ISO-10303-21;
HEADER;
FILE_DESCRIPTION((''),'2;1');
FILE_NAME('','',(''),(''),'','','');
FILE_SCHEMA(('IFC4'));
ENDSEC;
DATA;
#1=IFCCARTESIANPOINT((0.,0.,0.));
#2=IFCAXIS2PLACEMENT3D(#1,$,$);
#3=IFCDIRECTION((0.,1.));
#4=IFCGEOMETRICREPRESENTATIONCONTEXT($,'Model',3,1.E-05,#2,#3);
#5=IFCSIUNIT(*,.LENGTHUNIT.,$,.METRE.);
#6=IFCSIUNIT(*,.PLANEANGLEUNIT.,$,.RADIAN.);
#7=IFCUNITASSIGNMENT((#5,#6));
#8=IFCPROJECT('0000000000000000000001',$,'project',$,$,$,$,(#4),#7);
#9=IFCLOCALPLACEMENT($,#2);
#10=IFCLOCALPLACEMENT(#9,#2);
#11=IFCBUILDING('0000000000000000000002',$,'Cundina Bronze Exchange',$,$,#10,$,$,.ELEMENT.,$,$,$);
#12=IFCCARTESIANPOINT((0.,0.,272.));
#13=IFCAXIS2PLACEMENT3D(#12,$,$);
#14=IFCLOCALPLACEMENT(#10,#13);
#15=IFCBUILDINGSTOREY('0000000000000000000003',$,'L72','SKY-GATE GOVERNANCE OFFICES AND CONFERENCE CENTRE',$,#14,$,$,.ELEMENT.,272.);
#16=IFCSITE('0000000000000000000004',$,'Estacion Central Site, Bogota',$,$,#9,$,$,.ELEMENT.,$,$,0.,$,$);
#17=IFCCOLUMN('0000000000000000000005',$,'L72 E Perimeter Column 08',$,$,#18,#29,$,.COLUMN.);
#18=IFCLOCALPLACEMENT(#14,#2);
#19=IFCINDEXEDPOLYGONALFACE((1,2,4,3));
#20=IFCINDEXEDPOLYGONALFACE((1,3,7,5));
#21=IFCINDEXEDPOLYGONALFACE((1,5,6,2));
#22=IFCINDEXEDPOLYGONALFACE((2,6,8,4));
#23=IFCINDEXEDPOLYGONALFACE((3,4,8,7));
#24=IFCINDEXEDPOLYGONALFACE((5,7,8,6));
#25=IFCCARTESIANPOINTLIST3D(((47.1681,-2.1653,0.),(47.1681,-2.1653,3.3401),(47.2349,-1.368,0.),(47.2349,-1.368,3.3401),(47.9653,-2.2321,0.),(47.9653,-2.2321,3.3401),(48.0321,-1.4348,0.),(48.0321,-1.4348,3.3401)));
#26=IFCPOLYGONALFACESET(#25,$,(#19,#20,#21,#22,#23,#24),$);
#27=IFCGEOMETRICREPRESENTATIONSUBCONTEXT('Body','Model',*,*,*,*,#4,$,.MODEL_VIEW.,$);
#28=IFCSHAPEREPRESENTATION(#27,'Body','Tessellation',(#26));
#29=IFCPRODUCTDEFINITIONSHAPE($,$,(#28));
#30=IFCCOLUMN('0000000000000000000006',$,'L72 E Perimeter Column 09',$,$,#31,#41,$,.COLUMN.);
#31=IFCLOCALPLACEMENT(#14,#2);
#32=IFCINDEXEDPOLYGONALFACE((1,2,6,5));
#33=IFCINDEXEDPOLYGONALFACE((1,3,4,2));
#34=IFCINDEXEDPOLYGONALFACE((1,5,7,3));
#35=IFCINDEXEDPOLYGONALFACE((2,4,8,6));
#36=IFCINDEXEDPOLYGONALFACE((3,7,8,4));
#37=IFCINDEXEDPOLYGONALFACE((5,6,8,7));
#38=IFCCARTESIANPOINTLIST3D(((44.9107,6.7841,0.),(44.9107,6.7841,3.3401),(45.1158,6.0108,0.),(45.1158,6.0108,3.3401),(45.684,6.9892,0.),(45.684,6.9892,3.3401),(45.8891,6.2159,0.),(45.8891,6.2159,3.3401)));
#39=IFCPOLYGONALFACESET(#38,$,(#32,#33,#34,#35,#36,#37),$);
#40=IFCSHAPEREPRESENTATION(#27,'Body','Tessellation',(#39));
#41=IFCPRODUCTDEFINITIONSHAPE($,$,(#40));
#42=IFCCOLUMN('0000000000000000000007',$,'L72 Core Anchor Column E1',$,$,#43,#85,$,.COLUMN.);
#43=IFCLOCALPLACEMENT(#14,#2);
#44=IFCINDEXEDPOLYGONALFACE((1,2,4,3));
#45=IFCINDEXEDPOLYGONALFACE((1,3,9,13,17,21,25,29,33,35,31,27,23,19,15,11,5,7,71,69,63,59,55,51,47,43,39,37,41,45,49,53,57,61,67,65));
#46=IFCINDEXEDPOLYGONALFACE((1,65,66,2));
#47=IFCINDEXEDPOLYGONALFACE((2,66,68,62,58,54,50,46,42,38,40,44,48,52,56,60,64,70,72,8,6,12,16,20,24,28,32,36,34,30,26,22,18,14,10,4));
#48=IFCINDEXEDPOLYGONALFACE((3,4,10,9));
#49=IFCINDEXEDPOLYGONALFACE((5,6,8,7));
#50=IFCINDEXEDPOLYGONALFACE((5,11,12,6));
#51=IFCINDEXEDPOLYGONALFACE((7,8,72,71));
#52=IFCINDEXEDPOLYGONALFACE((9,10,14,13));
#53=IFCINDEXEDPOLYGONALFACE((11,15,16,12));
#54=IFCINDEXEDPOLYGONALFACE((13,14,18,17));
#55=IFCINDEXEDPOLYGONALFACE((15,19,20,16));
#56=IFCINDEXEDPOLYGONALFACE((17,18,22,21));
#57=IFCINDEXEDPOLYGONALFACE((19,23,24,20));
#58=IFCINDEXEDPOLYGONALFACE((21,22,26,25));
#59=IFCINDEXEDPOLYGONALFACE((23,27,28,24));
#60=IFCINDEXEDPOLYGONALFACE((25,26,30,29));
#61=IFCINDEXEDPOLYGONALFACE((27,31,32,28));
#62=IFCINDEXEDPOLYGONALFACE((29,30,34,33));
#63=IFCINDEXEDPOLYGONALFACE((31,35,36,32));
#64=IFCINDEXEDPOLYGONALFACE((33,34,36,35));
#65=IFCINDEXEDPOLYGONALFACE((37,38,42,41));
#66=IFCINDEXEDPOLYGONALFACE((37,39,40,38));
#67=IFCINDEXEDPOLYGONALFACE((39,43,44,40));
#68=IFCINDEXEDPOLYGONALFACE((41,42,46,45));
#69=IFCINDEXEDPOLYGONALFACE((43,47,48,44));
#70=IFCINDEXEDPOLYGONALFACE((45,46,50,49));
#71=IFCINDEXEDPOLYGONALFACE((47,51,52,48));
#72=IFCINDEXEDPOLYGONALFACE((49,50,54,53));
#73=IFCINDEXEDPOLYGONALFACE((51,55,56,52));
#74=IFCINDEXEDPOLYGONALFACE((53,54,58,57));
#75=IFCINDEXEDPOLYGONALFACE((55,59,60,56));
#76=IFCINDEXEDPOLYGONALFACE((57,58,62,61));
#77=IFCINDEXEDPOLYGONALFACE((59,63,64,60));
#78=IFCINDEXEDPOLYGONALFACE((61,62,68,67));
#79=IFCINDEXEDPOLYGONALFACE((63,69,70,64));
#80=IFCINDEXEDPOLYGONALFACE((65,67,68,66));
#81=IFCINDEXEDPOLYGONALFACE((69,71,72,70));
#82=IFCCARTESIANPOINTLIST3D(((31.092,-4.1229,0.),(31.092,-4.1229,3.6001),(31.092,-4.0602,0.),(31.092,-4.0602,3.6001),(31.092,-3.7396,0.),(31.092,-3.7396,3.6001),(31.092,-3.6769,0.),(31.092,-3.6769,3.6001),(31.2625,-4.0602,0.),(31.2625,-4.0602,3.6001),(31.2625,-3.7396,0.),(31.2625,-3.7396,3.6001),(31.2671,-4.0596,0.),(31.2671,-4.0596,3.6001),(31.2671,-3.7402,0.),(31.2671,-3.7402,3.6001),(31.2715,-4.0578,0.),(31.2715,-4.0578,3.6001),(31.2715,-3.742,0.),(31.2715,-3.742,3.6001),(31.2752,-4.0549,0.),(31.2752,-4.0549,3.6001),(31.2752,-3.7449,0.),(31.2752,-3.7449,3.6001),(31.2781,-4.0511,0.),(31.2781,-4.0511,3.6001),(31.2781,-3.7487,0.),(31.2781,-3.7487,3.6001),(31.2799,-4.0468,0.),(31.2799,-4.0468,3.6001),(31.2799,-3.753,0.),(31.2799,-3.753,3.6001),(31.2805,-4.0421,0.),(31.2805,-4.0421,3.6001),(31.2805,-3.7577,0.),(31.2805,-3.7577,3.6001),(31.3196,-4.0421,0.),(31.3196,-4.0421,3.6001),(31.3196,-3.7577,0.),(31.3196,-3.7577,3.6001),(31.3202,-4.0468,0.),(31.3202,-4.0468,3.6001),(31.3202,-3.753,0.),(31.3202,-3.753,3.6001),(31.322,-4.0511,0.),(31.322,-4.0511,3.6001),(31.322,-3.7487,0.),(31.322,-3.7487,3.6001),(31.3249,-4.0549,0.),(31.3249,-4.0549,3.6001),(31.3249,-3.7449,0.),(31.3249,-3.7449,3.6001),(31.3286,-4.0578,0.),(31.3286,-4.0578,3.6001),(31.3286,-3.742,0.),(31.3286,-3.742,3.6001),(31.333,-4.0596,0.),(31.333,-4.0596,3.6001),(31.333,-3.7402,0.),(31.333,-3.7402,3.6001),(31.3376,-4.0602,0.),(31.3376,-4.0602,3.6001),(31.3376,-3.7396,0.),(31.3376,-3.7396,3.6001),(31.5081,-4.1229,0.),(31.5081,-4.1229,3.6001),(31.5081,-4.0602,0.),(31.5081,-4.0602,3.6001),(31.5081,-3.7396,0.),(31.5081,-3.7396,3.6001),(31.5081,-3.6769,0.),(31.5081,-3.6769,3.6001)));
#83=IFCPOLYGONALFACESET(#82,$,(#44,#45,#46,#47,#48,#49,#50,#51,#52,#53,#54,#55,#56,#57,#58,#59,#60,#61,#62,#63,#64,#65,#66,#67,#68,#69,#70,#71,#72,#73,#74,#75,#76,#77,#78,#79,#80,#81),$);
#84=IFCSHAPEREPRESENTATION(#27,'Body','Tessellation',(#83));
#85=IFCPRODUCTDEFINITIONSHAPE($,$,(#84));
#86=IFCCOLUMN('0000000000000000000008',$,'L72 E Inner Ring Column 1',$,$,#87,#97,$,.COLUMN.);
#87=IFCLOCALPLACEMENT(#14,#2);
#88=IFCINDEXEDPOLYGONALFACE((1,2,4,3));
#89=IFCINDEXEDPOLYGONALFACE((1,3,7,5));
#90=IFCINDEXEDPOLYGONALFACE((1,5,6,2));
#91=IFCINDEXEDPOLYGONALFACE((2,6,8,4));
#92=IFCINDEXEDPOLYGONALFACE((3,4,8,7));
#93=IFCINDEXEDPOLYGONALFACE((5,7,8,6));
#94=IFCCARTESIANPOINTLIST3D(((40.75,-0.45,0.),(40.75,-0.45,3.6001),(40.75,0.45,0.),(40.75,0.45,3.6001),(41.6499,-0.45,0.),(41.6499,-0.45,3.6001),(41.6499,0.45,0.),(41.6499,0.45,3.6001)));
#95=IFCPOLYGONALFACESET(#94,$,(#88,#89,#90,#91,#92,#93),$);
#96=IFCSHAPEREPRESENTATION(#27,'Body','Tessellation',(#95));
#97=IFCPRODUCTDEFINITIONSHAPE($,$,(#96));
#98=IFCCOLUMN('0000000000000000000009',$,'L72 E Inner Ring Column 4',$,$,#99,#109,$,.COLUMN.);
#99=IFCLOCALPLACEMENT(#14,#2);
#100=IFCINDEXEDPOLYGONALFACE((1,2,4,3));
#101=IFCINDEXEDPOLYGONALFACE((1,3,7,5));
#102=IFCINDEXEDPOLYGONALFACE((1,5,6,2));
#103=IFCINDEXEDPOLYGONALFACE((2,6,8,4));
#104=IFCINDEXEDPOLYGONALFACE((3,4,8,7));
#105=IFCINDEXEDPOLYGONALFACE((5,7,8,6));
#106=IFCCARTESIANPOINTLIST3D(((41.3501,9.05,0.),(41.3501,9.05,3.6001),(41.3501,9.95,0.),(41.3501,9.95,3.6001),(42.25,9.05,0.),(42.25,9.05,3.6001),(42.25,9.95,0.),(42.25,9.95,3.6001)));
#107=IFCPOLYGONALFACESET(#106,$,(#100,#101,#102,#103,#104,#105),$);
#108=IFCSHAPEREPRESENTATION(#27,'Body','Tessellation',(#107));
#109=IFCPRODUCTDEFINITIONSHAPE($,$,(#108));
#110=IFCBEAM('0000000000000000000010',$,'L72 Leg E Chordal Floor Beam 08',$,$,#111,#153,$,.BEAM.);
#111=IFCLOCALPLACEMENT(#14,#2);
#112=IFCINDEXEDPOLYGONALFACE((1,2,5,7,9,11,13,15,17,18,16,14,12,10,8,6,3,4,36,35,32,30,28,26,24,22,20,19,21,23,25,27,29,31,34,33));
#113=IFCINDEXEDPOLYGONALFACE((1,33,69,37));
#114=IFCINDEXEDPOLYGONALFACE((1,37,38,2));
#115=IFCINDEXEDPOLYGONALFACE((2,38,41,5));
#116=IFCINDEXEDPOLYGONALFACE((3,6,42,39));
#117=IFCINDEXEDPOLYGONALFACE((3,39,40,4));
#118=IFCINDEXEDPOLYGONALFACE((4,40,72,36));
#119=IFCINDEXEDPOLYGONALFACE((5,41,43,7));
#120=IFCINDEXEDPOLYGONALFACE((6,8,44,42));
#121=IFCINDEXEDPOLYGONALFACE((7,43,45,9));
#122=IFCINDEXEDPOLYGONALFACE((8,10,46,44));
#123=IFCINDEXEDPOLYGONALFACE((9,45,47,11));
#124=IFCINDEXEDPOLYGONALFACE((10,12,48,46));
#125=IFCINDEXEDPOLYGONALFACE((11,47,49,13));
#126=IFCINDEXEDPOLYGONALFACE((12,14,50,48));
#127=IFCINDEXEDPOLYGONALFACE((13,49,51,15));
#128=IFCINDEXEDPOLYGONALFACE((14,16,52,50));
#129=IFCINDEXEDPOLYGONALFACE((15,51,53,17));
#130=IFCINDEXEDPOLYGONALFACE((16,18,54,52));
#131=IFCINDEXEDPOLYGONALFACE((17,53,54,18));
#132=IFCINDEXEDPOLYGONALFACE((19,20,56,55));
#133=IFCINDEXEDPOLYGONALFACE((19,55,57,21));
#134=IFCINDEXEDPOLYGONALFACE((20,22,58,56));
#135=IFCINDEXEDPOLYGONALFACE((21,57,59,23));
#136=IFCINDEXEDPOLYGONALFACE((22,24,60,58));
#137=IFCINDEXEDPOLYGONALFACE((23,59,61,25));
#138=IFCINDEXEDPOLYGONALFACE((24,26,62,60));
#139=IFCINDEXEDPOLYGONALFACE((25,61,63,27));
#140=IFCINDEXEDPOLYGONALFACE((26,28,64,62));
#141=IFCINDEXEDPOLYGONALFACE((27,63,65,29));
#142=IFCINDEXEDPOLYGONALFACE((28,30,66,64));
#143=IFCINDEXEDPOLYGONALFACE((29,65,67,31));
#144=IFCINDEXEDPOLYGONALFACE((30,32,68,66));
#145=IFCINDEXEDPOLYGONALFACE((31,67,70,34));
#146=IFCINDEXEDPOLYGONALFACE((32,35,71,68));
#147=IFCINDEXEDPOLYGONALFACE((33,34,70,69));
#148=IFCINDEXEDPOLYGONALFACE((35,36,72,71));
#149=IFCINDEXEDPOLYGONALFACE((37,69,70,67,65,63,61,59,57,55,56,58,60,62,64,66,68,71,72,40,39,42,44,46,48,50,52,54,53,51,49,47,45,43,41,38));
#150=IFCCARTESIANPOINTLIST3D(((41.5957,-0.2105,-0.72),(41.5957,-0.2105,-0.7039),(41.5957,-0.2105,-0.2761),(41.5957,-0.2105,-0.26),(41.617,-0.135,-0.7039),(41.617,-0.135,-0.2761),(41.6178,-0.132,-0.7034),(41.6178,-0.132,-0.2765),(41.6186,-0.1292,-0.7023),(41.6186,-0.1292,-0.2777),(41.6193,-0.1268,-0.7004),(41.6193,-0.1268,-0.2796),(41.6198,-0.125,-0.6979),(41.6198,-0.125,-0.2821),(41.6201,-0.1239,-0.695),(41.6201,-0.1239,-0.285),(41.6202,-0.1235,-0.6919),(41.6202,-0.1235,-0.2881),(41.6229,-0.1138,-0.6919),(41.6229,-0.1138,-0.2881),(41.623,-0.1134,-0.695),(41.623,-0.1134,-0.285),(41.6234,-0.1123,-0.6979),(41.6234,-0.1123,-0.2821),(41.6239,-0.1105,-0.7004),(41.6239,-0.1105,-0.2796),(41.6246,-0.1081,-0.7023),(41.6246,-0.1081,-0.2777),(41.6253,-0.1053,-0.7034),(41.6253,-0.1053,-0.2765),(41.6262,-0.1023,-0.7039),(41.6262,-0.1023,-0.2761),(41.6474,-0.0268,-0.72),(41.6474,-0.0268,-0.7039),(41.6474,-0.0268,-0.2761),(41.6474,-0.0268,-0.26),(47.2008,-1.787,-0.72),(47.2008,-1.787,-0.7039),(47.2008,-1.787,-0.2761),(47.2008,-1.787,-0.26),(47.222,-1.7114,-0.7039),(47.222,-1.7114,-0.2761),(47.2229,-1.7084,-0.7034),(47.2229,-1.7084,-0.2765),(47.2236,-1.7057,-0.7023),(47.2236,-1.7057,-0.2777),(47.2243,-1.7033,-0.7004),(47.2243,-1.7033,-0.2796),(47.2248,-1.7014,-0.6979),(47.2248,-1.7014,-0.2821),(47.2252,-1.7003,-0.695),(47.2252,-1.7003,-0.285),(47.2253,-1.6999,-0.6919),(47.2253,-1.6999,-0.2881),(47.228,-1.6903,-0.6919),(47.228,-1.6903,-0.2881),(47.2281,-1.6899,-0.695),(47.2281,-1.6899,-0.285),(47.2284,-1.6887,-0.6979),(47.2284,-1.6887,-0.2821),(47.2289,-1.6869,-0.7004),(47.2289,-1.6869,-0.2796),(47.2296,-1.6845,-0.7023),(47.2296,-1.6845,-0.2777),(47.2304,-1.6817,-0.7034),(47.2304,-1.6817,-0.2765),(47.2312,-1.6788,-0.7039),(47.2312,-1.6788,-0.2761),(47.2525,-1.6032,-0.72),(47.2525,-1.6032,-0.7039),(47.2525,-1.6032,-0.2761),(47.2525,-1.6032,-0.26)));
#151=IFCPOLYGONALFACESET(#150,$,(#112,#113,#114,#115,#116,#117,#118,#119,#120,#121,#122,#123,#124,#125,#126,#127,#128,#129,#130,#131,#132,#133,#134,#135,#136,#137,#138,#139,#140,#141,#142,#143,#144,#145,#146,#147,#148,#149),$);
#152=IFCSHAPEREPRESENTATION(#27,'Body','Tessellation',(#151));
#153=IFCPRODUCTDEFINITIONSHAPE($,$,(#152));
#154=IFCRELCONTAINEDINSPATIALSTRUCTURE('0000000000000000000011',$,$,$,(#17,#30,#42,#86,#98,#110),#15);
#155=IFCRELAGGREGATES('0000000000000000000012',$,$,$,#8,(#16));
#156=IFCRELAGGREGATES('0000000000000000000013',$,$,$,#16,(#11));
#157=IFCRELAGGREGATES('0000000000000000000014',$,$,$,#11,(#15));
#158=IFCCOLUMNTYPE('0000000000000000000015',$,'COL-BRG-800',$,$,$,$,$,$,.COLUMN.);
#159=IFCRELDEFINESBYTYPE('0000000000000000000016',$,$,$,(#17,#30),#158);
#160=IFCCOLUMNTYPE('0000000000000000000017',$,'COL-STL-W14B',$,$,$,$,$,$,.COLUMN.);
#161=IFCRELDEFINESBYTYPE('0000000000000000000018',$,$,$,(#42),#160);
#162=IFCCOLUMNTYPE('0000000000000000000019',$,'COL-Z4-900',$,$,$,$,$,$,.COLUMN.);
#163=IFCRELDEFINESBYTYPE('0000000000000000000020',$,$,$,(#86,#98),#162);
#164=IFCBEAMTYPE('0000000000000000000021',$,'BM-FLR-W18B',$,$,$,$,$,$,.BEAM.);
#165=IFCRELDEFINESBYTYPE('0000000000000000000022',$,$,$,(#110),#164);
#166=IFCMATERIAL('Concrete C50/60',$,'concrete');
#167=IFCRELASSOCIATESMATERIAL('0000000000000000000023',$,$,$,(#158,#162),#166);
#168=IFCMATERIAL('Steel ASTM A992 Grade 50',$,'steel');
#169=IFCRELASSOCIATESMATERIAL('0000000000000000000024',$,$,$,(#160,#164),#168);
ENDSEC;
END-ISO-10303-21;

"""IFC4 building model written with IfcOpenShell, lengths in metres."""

from ifc_helpers import new_model, si_unit, direction, frame, origin, origin_2d, place, context, subcontext, project, spatial, rectangle, i_section, extrude, material, material_profile, profile_set, type_object, element, save


model = new_model("IFC4")

# Units and contexts
model_context = context("Model", 3, precision=1e-05, world=origin(), true_north=direction((0.0, 1.0)))
body_context = subcontext(model_context, "Body", "Model", "MODEL_VIEW")
ifc_project = project(units=[si_unit("LENGTHUNIT", "METRE"), si_unit("PLANEANGLEUNIT", "RADIAN")], contexts=[model_context])

# Site, building, storey
site_placement = place(None, origin())
site = spatial("IfcSite", under=ifc_project, at=site_placement, Name="Estacion Central Site, Bogota", CompositionType="ELEMENT", RefElevation=0.0)
building_placement = place(site_placement, origin())
building = spatial("IfcBuilding", under=site, at=building_placement, Name="Cundina Bronze Exchange", CompositionType="ELEMENT")
storey_placement = place(building_placement, frame((0.0, 0.0, 272.0)))
storey = spatial("IfcBuildingStorey", under=building, at=storey_placement, Name="L72", Description="SKY-GATE GOVERNANCE OFFICES AND CONFERENCE CENTRE", CompositionType="ELEMENT", Elevation=272.0)

# Columns
ifc_material_1 = material(Name="Concrete C50/60", Category="concrete")
ifc_material_profile_1 = material_profile(ifc_material_1, rectangle(XDim=0.8, YDim=0.8, at=origin_2d()), Name="RC800X800", Category="concrete")
ifc_profile_set_1 = profile_set([ifc_material_profile_1], Name="Concrete C50/60")
column_type_1 = type_object("IfcColumnType", Name="COL-BRG-800", PredefinedType="COLUMN", material=ifc_profile_set_1)
for number, where, z_axis, x_axis, name in (
    (1, (47.6001, -1.8, 0.0), (0.0, 0.0, 1.0), (0.083504, 0.996507, 0.0), "L72 E Perimeter Column 08"),
    (2, (45.3999, 6.5, 0.0), (0.0, 0.0, 1.0), (-0.256289, 0.9666, 0.0), "L72 E Perimeter Column 09"),
):
    element("IfcColumn", number, at=place(storey_placement, frame(where, z_axis=z_axis, x_axis=x_axis)), inside=storey, type_object=column_type_1, Name=name, PredefinedType="COLUMN", context=body_context, shape_type="SweptSolid", body=[
        extrude(rectangle(XDim=0.8, YDim=0.8, at=origin_2d()), origin(), (0.0, 0.0, 1.0), 3.3401),
    ])
ifc_material_2 = material(Name="Steel ASTM A992 Grade 50", Category="steel")
ifc_material_profile_2 = material_profile(ifc_material_2, i_section(OverallWidth=0.416, OverallDepth=0.446, WebThickness=0.0391, FlangeThickness=0.0627, FilletRadius=0.0181, at=origin_2d()), Name="W14X342", Category="steel")
ifc_profile_set_2 = profile_set([ifc_material_profile_2], Name="Steel ASTM A992 Grade 50")
column_type_2 = type_object("IfcColumnType", Name="COL-STL-W14B", PredefinedType="COLUMN", material=ifc_profile_set_2)
column_placement = place(storey_placement, frame((31.3, -3.8999, 0.0), z_axis=(0.0, 0.0, 1.0), x_axis=(1.0, 0.0, 0.0)))
element("IfcColumn", 3, at=column_placement, inside=storey, type_object=column_type_2, Name="L72 Core Anchor Column E1", PredefinedType="COLUMN", context=body_context, shape_type="SweptSolid", body=[
    extrude(i_section(OverallWidth=0.416, OverallDepth=0.446, WebThickness=0.0391, FlangeThickness=0.0627, FilletRadius=0.0181, at=origin_2d()), origin(), (0.0, 0.0, 1.0), 3.6001),
])
ifc_material_profile_3 = material_profile(ifc_material_1, rectangle(XDim=0.8999, YDim=0.8999, at=origin_2d()), Name="RC900X900", Category="concrete")
ifc_profile_set_3 = profile_set([ifc_material_profile_3], Name="Concrete C50/60")
column_type_3 = type_object("IfcColumnType", Name="COL-Z4-900", PredefinedType="COLUMN", material=ifc_profile_set_3)
for number, where, z_axis, x_axis, name in (
    (4, (41.2, 0.0, 0.0), (0.0, 0.0, 1.0), (1.0, 0.0, 0.0), "L72 E Inner Ring Column 1"),
    (5, (41.8, 9.5, 0.0), (0.0, 0.0, 1.0), (1.0, 0.0, 0.0), "L72 E Inner Ring Column 4"),
):
    element("IfcColumn", number, at=place(storey_placement, frame(where, z_axis=z_axis, x_axis=x_axis)), inside=storey, type_object=column_type_3, Name=name, PredefinedType="COLUMN", context=body_context, shape_type="SweptSolid", body=[
        extrude(rectangle(XDim=0.8999, YDim=0.8999, at=origin_2d()), origin(), (0.0, 0.0, 1.0), 3.6001),
    ])

# Beam
ifc_material_profile_4 = material_profile(ifc_material_2, i_section(OverallWidth=0.1909, OverallDepth=0.46, WebThickness=0.01, FlangeThickness=0.0161, FilletRadius=0.012, at=origin_2d()), Name="W18X55", Category="steel")
ifc_profile_set_4 = profile_set([ifc_material_profile_4], Name="Steel ASTM A992 Grade 50")
beam_type_1 = type_object("IfcBeamType", Name="BM-FLR-W18B", PredefinedType="BEAM", material=ifc_profile_set_4)
beam_1_placement = place(storey_placement, frame((41.6216, -0.1187, -0.49), z_axis=(0.96265, -0.270748, 0.0), x_axis=(0.270748, 0.96265, 0.0)))
element("IfcBeam", 6, at=beam_1_placement, inside=storey, type_object=beam_type_1, Name="L72 Leg E Chordal Floor Beam 08", PredefinedType="BEAM", context=body_context, shape_type="SweptSolid", body=[
    extrude(i_section(OverallWidth=0.1909, OverallDepth=0.46, WebThickness=0.01, FlangeThickness=0.0161, FilletRadius=0.012, at=origin_2d()), origin(), (0.0, 0.0, 1.0), 5.8225),
])

save(model, "model.ifc")
